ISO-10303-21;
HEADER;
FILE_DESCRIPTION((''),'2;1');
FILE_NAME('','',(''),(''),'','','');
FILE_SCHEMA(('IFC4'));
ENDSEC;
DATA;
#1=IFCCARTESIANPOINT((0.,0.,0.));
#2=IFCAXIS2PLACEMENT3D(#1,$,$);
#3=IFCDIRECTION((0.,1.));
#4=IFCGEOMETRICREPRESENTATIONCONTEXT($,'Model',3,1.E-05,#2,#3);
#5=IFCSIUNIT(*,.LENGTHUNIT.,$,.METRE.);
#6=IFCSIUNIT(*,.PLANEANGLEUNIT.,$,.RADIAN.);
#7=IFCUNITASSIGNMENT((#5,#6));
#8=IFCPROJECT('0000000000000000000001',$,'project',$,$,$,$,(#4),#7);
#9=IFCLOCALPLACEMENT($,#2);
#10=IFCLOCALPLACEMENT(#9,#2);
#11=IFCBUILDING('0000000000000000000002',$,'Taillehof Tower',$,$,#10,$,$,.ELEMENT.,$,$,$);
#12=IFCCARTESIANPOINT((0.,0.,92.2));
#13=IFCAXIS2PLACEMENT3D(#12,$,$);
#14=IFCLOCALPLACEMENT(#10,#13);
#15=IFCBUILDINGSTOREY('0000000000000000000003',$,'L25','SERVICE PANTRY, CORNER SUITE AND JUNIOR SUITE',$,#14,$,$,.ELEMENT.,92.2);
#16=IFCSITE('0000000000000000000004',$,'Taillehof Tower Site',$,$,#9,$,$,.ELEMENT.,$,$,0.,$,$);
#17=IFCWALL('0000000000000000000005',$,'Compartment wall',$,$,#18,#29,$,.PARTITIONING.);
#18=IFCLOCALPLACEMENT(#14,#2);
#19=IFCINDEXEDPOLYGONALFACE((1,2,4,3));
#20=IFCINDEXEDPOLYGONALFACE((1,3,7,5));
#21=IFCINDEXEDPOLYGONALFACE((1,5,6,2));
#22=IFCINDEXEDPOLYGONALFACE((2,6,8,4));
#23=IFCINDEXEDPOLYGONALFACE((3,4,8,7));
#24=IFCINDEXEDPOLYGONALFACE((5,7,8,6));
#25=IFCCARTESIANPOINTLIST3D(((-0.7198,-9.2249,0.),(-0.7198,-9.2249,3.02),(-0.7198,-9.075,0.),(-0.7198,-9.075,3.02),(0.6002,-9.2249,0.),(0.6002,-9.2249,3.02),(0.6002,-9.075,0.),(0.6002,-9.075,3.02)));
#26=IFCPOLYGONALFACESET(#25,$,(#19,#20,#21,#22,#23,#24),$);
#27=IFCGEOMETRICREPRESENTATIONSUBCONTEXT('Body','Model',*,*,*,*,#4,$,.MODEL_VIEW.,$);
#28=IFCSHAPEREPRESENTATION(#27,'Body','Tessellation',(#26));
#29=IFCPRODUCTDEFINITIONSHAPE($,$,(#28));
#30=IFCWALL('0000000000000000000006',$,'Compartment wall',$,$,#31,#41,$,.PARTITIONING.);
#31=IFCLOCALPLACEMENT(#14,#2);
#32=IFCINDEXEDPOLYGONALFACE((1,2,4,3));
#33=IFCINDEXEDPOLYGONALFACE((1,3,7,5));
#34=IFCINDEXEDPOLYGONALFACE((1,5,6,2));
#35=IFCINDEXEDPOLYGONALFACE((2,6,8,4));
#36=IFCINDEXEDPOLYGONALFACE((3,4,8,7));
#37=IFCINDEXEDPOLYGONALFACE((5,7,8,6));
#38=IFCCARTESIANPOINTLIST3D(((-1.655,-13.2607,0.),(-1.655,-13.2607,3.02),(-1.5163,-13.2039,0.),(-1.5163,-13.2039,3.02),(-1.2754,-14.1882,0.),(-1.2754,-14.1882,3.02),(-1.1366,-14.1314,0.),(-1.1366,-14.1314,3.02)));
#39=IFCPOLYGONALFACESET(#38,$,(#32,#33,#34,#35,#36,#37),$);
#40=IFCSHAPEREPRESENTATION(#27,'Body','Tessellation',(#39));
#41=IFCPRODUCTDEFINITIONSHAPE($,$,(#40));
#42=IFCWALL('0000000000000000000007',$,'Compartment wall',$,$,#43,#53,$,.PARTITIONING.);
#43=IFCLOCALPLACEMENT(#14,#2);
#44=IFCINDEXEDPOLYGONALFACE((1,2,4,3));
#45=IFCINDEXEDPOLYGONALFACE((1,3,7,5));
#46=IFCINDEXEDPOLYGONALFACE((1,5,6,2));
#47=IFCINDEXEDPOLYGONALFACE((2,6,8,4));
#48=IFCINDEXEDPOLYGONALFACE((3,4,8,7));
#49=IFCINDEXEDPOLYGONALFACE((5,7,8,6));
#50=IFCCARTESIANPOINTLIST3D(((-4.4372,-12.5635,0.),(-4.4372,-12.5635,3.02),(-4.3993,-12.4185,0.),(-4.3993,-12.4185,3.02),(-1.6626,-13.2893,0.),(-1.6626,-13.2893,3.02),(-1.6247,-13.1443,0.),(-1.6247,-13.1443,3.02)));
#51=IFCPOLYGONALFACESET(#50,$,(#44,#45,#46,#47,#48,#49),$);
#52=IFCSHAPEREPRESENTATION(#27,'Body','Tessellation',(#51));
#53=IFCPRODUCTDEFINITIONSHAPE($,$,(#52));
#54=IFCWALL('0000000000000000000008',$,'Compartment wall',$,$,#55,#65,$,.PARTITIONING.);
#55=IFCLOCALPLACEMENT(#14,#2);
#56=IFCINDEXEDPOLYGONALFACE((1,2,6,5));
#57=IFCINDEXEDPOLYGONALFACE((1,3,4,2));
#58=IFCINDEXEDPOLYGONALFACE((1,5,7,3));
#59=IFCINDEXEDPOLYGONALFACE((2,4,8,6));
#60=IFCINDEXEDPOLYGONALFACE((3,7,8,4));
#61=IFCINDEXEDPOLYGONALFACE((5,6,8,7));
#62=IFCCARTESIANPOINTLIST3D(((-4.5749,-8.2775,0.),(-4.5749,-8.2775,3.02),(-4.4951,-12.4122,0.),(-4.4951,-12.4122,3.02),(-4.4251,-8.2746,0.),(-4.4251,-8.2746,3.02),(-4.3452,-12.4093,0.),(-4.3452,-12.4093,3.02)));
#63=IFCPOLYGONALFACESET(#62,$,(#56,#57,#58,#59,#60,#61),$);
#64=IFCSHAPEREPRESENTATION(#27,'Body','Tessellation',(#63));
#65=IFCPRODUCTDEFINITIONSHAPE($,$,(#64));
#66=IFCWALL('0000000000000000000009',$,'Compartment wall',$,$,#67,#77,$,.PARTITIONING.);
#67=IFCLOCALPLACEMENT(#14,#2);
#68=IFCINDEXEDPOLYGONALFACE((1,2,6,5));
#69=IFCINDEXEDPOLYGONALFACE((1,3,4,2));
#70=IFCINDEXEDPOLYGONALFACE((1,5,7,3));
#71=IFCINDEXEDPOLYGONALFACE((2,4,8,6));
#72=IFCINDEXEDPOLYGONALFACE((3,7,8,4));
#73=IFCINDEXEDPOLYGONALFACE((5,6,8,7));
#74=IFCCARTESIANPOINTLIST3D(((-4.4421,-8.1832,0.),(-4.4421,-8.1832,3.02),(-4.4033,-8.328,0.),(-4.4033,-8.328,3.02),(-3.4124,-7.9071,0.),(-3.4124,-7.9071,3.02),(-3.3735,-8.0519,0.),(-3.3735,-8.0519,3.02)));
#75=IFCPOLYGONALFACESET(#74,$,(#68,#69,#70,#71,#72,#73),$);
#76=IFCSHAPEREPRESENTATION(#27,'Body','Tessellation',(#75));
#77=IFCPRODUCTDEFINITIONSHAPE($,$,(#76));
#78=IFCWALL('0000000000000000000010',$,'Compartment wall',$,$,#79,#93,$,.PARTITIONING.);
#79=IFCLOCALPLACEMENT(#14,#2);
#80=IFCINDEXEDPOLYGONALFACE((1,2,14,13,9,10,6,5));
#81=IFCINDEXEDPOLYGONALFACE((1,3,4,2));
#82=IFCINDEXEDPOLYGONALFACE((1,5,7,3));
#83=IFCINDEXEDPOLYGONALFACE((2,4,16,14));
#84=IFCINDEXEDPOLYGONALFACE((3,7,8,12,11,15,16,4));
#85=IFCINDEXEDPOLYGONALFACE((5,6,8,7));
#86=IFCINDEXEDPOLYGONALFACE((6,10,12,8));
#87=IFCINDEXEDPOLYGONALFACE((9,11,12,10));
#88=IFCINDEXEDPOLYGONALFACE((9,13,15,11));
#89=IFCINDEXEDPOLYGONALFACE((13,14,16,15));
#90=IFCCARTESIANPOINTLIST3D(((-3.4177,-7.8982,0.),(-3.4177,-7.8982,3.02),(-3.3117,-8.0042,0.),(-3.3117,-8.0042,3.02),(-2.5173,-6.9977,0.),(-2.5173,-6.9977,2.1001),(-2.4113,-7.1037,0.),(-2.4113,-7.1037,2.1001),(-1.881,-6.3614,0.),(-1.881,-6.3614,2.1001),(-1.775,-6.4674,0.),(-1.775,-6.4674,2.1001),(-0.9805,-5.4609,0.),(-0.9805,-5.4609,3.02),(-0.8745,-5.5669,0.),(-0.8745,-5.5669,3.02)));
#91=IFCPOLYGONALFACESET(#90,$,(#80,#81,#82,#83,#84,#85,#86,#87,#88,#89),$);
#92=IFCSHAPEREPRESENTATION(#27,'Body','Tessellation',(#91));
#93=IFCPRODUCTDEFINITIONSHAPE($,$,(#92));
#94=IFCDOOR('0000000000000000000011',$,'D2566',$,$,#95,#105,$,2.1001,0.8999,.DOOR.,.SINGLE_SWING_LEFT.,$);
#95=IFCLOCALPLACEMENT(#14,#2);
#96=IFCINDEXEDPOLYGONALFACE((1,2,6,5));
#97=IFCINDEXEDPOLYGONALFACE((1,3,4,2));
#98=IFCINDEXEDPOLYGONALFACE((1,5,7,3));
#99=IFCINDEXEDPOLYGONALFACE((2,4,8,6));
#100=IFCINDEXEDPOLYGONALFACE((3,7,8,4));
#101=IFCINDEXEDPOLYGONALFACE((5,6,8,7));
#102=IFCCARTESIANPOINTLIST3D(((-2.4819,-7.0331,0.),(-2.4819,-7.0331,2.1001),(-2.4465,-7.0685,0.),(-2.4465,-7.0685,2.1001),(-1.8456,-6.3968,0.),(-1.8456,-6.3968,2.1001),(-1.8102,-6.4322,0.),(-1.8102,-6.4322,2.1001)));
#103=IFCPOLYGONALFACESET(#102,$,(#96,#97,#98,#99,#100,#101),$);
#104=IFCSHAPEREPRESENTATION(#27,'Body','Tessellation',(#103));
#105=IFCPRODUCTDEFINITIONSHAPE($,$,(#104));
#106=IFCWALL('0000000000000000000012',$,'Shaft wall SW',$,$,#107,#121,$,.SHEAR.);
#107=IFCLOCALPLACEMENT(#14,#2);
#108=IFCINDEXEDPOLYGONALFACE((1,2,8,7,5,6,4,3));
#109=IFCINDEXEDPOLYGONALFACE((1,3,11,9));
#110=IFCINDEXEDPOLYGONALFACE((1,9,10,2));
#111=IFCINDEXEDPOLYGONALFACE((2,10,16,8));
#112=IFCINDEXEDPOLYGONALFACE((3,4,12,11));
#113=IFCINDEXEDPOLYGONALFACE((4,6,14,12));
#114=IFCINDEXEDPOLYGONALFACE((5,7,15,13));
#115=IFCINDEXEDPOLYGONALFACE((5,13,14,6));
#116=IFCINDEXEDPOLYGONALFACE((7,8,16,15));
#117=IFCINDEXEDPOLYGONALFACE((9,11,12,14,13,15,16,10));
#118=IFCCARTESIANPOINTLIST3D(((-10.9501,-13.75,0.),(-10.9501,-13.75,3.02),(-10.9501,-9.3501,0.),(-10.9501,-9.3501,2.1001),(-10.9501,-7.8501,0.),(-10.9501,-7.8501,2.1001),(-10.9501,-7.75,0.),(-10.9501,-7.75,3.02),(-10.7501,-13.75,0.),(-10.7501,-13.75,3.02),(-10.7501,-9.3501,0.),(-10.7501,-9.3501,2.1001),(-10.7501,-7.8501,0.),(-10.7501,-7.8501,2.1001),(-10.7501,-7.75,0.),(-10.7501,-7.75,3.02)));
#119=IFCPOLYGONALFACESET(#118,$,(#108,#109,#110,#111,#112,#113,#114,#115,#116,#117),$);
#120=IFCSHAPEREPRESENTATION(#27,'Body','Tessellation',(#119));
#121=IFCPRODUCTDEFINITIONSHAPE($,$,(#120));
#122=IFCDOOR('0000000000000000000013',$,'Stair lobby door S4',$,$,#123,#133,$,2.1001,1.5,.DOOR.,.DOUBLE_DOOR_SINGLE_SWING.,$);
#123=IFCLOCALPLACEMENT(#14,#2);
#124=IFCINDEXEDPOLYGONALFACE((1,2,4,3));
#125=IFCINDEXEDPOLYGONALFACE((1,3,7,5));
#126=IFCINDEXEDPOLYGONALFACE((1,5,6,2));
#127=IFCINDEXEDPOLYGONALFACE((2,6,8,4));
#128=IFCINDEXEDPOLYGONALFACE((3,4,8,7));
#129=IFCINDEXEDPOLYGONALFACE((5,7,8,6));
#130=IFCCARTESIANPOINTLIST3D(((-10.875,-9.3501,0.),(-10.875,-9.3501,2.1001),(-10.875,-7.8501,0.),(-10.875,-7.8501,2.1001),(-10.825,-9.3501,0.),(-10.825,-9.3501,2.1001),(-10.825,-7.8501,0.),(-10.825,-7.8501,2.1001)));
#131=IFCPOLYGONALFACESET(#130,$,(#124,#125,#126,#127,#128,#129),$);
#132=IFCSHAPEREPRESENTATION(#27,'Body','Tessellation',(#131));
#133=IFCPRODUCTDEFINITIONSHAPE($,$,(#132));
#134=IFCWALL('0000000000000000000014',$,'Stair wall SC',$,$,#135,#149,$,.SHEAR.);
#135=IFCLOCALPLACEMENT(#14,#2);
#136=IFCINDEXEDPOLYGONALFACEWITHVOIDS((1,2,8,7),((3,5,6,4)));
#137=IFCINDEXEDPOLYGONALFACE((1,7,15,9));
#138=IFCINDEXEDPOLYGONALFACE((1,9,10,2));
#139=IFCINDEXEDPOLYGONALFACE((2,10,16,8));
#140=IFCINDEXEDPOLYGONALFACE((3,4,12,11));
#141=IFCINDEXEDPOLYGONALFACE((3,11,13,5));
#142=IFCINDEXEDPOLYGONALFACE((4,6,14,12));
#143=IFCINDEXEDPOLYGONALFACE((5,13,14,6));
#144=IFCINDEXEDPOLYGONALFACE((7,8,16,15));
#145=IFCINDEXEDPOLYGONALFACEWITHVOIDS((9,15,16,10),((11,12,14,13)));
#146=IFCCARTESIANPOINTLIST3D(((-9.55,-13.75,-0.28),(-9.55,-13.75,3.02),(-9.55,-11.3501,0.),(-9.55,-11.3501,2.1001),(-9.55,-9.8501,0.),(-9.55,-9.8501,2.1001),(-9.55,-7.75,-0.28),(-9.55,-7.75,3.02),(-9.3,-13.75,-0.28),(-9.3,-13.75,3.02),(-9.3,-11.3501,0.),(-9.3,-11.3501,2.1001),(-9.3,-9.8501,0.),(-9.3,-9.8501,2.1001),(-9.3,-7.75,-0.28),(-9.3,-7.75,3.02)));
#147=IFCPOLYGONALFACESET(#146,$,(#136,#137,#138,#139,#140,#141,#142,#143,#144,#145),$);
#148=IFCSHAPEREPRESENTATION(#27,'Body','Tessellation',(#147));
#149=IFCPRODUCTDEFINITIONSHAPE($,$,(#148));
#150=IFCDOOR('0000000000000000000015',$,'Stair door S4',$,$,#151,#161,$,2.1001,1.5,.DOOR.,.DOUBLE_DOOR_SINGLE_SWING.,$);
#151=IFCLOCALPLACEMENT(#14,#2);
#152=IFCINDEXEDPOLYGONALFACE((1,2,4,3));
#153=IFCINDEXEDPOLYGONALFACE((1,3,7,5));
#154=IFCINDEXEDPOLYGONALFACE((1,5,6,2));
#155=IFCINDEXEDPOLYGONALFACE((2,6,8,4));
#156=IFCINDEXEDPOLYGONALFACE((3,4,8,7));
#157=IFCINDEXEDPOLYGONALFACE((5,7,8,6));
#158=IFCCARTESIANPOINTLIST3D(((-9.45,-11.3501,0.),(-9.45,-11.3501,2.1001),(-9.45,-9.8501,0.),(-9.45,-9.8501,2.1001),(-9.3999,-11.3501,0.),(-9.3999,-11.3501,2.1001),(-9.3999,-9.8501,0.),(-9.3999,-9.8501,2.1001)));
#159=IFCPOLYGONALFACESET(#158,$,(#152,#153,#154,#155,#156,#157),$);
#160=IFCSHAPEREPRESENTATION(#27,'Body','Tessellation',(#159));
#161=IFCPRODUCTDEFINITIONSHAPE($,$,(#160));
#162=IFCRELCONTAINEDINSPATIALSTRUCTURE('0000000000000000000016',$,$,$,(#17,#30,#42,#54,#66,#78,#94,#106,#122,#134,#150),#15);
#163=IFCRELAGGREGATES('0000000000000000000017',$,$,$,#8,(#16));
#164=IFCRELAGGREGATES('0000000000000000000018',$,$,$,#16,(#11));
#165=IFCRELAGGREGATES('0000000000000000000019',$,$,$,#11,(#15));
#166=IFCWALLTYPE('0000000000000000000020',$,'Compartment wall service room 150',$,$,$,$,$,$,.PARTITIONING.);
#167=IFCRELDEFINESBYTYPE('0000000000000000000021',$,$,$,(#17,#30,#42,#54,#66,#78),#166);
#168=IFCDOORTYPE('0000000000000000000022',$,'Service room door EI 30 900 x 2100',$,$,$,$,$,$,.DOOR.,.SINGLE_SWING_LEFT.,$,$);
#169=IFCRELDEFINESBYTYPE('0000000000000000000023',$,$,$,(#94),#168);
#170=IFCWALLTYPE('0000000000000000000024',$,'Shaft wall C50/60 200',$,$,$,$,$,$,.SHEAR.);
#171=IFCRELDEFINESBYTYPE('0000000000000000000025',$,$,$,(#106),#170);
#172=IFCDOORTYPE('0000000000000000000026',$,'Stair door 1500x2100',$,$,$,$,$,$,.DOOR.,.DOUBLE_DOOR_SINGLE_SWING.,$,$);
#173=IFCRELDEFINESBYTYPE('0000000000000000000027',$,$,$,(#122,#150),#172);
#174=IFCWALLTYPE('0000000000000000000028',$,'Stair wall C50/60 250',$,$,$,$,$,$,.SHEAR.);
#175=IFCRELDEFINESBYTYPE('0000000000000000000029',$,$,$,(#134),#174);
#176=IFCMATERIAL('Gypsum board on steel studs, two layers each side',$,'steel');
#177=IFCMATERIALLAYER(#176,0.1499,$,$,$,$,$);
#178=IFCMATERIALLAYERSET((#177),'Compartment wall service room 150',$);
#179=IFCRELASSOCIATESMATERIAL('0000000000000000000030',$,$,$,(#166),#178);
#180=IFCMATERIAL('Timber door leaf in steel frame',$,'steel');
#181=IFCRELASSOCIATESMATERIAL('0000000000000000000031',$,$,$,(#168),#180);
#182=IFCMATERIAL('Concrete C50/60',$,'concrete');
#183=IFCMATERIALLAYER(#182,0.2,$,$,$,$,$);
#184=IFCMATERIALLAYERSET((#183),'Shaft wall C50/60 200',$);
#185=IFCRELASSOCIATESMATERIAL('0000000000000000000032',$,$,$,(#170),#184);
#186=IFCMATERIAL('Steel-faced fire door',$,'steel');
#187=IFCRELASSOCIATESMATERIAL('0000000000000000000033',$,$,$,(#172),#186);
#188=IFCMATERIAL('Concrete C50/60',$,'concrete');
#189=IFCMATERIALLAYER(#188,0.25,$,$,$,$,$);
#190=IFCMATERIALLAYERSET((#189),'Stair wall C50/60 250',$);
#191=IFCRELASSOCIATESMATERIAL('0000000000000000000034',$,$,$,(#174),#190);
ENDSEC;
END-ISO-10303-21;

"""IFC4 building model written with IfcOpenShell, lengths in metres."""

from ifc_helpers import new_model, si_unit, direction, frame, frame_2d, origin, place, context, subcontext, project, spatial, rectangle, extrude, material, layer, layer_set, type_object, element, fill, save


model = new_model("IFC4")

# Units and contexts
model_context = context("Model", 3, precision=1e-05, world=origin(), true_north=direction((0.0, 1.0)))
body_context = subcontext(model_context, "Body", "Model", "MODEL_VIEW")
ifc_project = project(units=[si_unit("LENGTHUNIT", "METRE"), si_unit("PLANEANGLEUNIT", "RADIAN")], contexts=[model_context])

# Site, building, storey
site_placement = place(None, origin())
site = spatial("IfcSite", under=ifc_project, at=site_placement, Name="Taillehof Tower Site", CompositionType="ELEMENT", RefElevation=0.0)
building_placement = place(site_placement, origin())
building = spatial("IfcBuilding", under=site, at=building_placement, Name="Taillehof Tower", CompositionType="ELEMENT")
storey_placement = place(building_placement, frame((0.0, 0.0, 92.2)))
storey = spatial("IfcBuildingStorey", under=building, at=storey_placement, Name="L25", Description="SERVICE PANTRY, CORNER SUITE AND JUNIOR SUITE", CompositionType="ELEMENT", Elevation=92.2)

# Walls
ifc_material_1 = material(Name="Gypsum board on steel studs, two layers each side", Category="steel")
ifc_layer_1 = layer(ifc_material_1, 0.1499)
ifc_layer_set_1 = layer_set([ifc_layer_1], Name="Compartment wall service room 150")
wall_type_1 = type_object("IfcWallType", Name="Compartment wall service room 150", PredefinedType="PARTITIONING", material=ifc_layer_set_1)
wall_1_placement = place(storey_placement, frame((-0.72, -9.1499, 0.0), z_axis=(0.0, 0.0, 1.0), x_axis=(1.0, 0.0, 0.0)))
element("IfcWall", 1, at=wall_1_placement, inside=storey, type_object=wall_type_1, Name="Compartment wall", PredefinedType="PARTITIONING", context=body_context, shape_type="SweptSolid", body=[
    extrude(rectangle(XDim=1.3201, YDim=0.1499, at=frame_2d((0.6602, 0.0))), origin(), (0.0, 0.0, 1.0), 3.02),
])
wall_2_placement = place(storey_placement, frame((-1.2061, -14.1597, 0.0), z_axis=(0.0, 0.0, 1.0), x_axis=(-0.378813, 0.925473, 0.0)))
element("IfcWall", 2, at=wall_2_placement, inside=storey, type_object=wall_type_1, Name="Compartment wall", PredefinedType="PARTITIONING", context=body_context, shape_type="SweptSolid", body=[
    extrude(rectangle(XDim=1.0022, YDim=0.1499, at=frame_2d((0.501, 0.0))), origin(), (0.0, 0.0, 1.0), 3.02),
])
wall_3_placement = place(storey_placement, frame((-1.6436, -13.2168, 0.0), z_axis=(0.0, 0.0, 1.0), x_axis=(-0.967446, 0.253077, 0.0)))
element("IfcWall", 3, at=wall_3_placement, inside=storey, type_object=wall_type_1, Name="Compartment wall", PredefinedType="PARTITIONING", context=body_context, shape_type="SweptSolid", body=[
    extrude(rectangle(XDim=2.8679, YDim=0.1499, at=frame_2d((1.4341, 0.0))), origin(), (0.0, 0.0, 1.0), 3.02),
])
wall_4_placement = place(storey_placement, frame((-4.4202, -12.4109, 0.0), z_axis=(0.0, 0.0, 1.0), x_axis=(-0.019304, 0.999814, 0.0)))
element("IfcWall", 4, at=wall_4_placement, inside=storey, type_object=wall_type_1, Name="Compartment wall", PredefinedType="PARTITIONING", context=body_context, shape_type="SweptSolid", body=[
    extrude(rectangle(XDim=4.1355, YDim=0.1499, at=frame_2d((2.0679, 0.0))), origin(), (0.0, 0.0, 1.0), 3.02),
])
wall_5_placement = place(storey_placement, frame((-4.4229, -8.2556, 0.0), z_axis=(0.0, 0.0, 1.0), x_axis=(0.965881, 0.258988, 0.0)))
element("IfcWall", 5, at=wall_5_placement, inside=storey, type_object=wall_type_1, Name="Compartment wall", PredefinedType="PARTITIONING", context=body_context, shape_type="SweptSolid", body=[
    extrude(rectangle(XDim=1.0662, YDim=0.1499, at=frame_2d((0.5332, 0.0))), origin(), (0.0, 0.0, 1.0), 3.02),
])

# Walls, openings, doors
wall_6_placement = place(storey_placement, frame((-3.3647, -7.9512, 0.0), z_axis=(0.0, 0.0, 1.0), x_axis=(0.707107, 0.707107, 0.0)))
wall_6 = element("IfcWall", 6, at=wall_6_placement, inside=storey, type_object=wall_type_1, Name="Compartment wall", PredefinedType="PARTITIONING", context=body_context, shape_type="SweptSolid", body=[
    extrude(rectangle(XDim=3.4468, YDim=0.1499, at=frame_2d((1.7234, 0.0))), origin(), (0.0, 0.0, 1.0), 3.02),
])
opening_1_placement = place(wall_6_placement, frame((1.2734, 0.0, 0.0)))
opening_1 = element("IfcOpeningElement", 7, at=opening_1_placement, cuts=wall_6, PredefinedType="OPENING", context=body_context, shape_type="SweptSolid", body=[
    extrude(rectangle(XDim=0.8999, YDim=2.1001, at=frame_2d((0.45, 1.05))), frame((0.0, 0.085, 0.0), z_axis=(0.0, -1.0, 0.0), x_axis=(1.0, 0.0, 0.0)), (0.0, 0.0, 1.0), 0.1699),
])
ifc_material_2 = material(Name="Timber door leaf in steel frame", Category="steel")
door_type_1 = type_object("IfcDoorType", Name="Service room door EI 30 900 x 2100", OperationType="SINGLE_SWING_LEFT", PredefinedType="DOOR", material=ifc_material_2)
door_1_placement = place(opening_1_placement, origin())
door_1 = element("IfcDoor", 8, at=door_1_placement, inside=storey, type_object=door_type_1, Name="D2566", OperationType="SINGLE_SWING_LEFT", OverallHeight=2.1001, OverallWidth=0.8999, PredefinedType="DOOR", context=body_context, shape_type="SweptSolid", body=[
    extrude(rectangle(XDim=0.8999, YDim=2.1001, at=frame_2d((0.45, 1.05))), frame((0.0, 0.0249, 0.0), z_axis=(0.0, -1.0, 0.0), x_axis=(1.0, 0.0, 0.0)), (0.0, 0.0, 1.0), 0.05),
])
fill(opening_1, door_1)
ifc_material_3 = material(Name="Concrete C50/60", Category="concrete")
ifc_layer_2 = layer(ifc_material_3, 0.2)
ifc_layer_set_2 = layer_set([ifc_layer_2], Name="Shaft wall C50/60 200")
wall_type_2 = type_object("IfcWallType", Name="Shaft wall C50/60 200", PredefinedType="SHEAR", material=ifc_layer_set_2)
wall_7_placement = place(storey_placement, frame((-10.8501, -13.75, 0.0), z_axis=(0.0, 0.0, 1.0), x_axis=(0.0, 1.0, 0.0)))
wall_7 = element("IfcWall", 9, at=wall_7_placement, inside=storey, type_object=wall_type_2, Name="Shaft wall SW", PredefinedType="SHEAR", context=body_context, shape_type="SweptSolid", body=[
    extrude(rectangle(XDim=6.0, YDim=0.2, at=frame_2d((3.0, 0.0))), origin(), (0.0, 0.0, 1.0), 3.02),
])
opening_2_placement = place(wall_7_placement, frame((4.3999, 0.0, 0.0)))
opening_2 = element("IfcOpeningElement", 10, at=opening_2_placement, cuts=wall_7, PredefinedType="OPENING", context=body_context, shape_type="SweptSolid", body=[
    extrude(rectangle(XDim=1.5, YDim=2.1001, at=frame_2d((0.75, 1.05))), frame((0.0, 0.1099, 0.0), z_axis=(0.0, -1.0, 0.0), x_axis=(1.0, 0.0, 0.0)), (0.0, 0.0, 1.0), 0.22),
])
ifc_material_4 = material(Name="Steel-faced fire door", Category="steel")
door_type_2 = type_object("IfcDoorType", Name="Stair door 1500x2100", OperationType="DOUBLE_DOOR_SINGLE_SWING", PredefinedType="DOOR", material=ifc_material_4)
door_2_placement = place(opening_2_placement, origin())
door_2 = element("IfcDoor", 11, at=door_2_placement, inside=storey, type_object=door_type_2, Name="Stair lobby door S4", OperationType="DOUBLE_DOOR_SINGLE_SWING", OverallHeight=2.1001, OverallWidth=1.5, PredefinedType="DOOR", context=body_context, shape_type="SweptSolid", body=[
    extrude(rectangle(XDim=1.5, YDim=2.1001, at=frame_2d((0.75, 1.05))), frame((0.0, 0.0249, 0.0), z_axis=(0.0, -1.0, 0.0), x_axis=(1.0, 0.0, 0.0)), (0.0, 0.0, 1.0), 0.05),
])
fill(opening_2, door_2)
ifc_material_5 = material(Name="Concrete C50/60", Category="concrete")
ifc_layer_3 = layer(ifc_material_5, 0.25)
ifc_layer_set_3 = layer_set([ifc_layer_3], Name="Stair wall C50/60 250")
wall_type_3 = type_object("IfcWallType", Name="Stair wall C50/60 250", PredefinedType="SHEAR", material=ifc_layer_set_3)
wall_8_placement = place(storey_placement, frame((-9.425, -13.75, -0.28), z_axis=(0.0, 0.0, 1.0), x_axis=(0.0, 1.0, 0.0)))
wall_8 = element("IfcWall", 12, at=wall_8_placement, inside=storey, type_object=wall_type_3, Name="Stair wall SC", PredefinedType="SHEAR", context=body_context, shape_type="SweptSolid", body=[
    extrude(rectangle(XDim=6.0, YDim=0.25, at=frame_2d((3.0, 0.0))), origin(), (0.0, 0.0, 1.0), 3.3),
])
opening_3_placement = place(wall_8_placement, frame((2.3999, 0.0, 0.28)))
opening_3 = element("IfcOpeningElement", 13, at=opening_3_placement, cuts=wall_8, PredefinedType="OPENING", context=body_context, shape_type="SweptSolid", body=[
    extrude(rectangle(XDim=1.5, YDim=2.1001, at=frame_2d((0.75, 1.05))), frame((0.0, 0.135, 0.0), z_axis=(0.0, -1.0, 0.0), x_axis=(1.0, 0.0, 0.0)), (0.0, 0.0, 1.0), 0.27),
])
door_3_placement = place(opening_3_placement, origin())
door_3 = element("IfcDoor", 14, at=door_3_placement, inside=storey, type_object=door_type_2, Name="Stair door S4", OperationType="DOUBLE_DOOR_SINGLE_SWING", OverallHeight=2.1001, OverallWidth=1.5, PredefinedType="DOOR", context=body_context, shape_type="SweptSolid", body=[
    extrude(rectangle(XDim=1.5, YDim=2.1001, at=frame_2d((0.75, 1.05))), frame((0.0, 0.0249, 0.0), z_axis=(0.0, -1.0, 0.0), x_axis=(1.0, 0.0, 0.0)), (0.0, 0.0, 1.0), 0.05),
])
fill(opening_3, door_3)

save(model, "model.ifc")
